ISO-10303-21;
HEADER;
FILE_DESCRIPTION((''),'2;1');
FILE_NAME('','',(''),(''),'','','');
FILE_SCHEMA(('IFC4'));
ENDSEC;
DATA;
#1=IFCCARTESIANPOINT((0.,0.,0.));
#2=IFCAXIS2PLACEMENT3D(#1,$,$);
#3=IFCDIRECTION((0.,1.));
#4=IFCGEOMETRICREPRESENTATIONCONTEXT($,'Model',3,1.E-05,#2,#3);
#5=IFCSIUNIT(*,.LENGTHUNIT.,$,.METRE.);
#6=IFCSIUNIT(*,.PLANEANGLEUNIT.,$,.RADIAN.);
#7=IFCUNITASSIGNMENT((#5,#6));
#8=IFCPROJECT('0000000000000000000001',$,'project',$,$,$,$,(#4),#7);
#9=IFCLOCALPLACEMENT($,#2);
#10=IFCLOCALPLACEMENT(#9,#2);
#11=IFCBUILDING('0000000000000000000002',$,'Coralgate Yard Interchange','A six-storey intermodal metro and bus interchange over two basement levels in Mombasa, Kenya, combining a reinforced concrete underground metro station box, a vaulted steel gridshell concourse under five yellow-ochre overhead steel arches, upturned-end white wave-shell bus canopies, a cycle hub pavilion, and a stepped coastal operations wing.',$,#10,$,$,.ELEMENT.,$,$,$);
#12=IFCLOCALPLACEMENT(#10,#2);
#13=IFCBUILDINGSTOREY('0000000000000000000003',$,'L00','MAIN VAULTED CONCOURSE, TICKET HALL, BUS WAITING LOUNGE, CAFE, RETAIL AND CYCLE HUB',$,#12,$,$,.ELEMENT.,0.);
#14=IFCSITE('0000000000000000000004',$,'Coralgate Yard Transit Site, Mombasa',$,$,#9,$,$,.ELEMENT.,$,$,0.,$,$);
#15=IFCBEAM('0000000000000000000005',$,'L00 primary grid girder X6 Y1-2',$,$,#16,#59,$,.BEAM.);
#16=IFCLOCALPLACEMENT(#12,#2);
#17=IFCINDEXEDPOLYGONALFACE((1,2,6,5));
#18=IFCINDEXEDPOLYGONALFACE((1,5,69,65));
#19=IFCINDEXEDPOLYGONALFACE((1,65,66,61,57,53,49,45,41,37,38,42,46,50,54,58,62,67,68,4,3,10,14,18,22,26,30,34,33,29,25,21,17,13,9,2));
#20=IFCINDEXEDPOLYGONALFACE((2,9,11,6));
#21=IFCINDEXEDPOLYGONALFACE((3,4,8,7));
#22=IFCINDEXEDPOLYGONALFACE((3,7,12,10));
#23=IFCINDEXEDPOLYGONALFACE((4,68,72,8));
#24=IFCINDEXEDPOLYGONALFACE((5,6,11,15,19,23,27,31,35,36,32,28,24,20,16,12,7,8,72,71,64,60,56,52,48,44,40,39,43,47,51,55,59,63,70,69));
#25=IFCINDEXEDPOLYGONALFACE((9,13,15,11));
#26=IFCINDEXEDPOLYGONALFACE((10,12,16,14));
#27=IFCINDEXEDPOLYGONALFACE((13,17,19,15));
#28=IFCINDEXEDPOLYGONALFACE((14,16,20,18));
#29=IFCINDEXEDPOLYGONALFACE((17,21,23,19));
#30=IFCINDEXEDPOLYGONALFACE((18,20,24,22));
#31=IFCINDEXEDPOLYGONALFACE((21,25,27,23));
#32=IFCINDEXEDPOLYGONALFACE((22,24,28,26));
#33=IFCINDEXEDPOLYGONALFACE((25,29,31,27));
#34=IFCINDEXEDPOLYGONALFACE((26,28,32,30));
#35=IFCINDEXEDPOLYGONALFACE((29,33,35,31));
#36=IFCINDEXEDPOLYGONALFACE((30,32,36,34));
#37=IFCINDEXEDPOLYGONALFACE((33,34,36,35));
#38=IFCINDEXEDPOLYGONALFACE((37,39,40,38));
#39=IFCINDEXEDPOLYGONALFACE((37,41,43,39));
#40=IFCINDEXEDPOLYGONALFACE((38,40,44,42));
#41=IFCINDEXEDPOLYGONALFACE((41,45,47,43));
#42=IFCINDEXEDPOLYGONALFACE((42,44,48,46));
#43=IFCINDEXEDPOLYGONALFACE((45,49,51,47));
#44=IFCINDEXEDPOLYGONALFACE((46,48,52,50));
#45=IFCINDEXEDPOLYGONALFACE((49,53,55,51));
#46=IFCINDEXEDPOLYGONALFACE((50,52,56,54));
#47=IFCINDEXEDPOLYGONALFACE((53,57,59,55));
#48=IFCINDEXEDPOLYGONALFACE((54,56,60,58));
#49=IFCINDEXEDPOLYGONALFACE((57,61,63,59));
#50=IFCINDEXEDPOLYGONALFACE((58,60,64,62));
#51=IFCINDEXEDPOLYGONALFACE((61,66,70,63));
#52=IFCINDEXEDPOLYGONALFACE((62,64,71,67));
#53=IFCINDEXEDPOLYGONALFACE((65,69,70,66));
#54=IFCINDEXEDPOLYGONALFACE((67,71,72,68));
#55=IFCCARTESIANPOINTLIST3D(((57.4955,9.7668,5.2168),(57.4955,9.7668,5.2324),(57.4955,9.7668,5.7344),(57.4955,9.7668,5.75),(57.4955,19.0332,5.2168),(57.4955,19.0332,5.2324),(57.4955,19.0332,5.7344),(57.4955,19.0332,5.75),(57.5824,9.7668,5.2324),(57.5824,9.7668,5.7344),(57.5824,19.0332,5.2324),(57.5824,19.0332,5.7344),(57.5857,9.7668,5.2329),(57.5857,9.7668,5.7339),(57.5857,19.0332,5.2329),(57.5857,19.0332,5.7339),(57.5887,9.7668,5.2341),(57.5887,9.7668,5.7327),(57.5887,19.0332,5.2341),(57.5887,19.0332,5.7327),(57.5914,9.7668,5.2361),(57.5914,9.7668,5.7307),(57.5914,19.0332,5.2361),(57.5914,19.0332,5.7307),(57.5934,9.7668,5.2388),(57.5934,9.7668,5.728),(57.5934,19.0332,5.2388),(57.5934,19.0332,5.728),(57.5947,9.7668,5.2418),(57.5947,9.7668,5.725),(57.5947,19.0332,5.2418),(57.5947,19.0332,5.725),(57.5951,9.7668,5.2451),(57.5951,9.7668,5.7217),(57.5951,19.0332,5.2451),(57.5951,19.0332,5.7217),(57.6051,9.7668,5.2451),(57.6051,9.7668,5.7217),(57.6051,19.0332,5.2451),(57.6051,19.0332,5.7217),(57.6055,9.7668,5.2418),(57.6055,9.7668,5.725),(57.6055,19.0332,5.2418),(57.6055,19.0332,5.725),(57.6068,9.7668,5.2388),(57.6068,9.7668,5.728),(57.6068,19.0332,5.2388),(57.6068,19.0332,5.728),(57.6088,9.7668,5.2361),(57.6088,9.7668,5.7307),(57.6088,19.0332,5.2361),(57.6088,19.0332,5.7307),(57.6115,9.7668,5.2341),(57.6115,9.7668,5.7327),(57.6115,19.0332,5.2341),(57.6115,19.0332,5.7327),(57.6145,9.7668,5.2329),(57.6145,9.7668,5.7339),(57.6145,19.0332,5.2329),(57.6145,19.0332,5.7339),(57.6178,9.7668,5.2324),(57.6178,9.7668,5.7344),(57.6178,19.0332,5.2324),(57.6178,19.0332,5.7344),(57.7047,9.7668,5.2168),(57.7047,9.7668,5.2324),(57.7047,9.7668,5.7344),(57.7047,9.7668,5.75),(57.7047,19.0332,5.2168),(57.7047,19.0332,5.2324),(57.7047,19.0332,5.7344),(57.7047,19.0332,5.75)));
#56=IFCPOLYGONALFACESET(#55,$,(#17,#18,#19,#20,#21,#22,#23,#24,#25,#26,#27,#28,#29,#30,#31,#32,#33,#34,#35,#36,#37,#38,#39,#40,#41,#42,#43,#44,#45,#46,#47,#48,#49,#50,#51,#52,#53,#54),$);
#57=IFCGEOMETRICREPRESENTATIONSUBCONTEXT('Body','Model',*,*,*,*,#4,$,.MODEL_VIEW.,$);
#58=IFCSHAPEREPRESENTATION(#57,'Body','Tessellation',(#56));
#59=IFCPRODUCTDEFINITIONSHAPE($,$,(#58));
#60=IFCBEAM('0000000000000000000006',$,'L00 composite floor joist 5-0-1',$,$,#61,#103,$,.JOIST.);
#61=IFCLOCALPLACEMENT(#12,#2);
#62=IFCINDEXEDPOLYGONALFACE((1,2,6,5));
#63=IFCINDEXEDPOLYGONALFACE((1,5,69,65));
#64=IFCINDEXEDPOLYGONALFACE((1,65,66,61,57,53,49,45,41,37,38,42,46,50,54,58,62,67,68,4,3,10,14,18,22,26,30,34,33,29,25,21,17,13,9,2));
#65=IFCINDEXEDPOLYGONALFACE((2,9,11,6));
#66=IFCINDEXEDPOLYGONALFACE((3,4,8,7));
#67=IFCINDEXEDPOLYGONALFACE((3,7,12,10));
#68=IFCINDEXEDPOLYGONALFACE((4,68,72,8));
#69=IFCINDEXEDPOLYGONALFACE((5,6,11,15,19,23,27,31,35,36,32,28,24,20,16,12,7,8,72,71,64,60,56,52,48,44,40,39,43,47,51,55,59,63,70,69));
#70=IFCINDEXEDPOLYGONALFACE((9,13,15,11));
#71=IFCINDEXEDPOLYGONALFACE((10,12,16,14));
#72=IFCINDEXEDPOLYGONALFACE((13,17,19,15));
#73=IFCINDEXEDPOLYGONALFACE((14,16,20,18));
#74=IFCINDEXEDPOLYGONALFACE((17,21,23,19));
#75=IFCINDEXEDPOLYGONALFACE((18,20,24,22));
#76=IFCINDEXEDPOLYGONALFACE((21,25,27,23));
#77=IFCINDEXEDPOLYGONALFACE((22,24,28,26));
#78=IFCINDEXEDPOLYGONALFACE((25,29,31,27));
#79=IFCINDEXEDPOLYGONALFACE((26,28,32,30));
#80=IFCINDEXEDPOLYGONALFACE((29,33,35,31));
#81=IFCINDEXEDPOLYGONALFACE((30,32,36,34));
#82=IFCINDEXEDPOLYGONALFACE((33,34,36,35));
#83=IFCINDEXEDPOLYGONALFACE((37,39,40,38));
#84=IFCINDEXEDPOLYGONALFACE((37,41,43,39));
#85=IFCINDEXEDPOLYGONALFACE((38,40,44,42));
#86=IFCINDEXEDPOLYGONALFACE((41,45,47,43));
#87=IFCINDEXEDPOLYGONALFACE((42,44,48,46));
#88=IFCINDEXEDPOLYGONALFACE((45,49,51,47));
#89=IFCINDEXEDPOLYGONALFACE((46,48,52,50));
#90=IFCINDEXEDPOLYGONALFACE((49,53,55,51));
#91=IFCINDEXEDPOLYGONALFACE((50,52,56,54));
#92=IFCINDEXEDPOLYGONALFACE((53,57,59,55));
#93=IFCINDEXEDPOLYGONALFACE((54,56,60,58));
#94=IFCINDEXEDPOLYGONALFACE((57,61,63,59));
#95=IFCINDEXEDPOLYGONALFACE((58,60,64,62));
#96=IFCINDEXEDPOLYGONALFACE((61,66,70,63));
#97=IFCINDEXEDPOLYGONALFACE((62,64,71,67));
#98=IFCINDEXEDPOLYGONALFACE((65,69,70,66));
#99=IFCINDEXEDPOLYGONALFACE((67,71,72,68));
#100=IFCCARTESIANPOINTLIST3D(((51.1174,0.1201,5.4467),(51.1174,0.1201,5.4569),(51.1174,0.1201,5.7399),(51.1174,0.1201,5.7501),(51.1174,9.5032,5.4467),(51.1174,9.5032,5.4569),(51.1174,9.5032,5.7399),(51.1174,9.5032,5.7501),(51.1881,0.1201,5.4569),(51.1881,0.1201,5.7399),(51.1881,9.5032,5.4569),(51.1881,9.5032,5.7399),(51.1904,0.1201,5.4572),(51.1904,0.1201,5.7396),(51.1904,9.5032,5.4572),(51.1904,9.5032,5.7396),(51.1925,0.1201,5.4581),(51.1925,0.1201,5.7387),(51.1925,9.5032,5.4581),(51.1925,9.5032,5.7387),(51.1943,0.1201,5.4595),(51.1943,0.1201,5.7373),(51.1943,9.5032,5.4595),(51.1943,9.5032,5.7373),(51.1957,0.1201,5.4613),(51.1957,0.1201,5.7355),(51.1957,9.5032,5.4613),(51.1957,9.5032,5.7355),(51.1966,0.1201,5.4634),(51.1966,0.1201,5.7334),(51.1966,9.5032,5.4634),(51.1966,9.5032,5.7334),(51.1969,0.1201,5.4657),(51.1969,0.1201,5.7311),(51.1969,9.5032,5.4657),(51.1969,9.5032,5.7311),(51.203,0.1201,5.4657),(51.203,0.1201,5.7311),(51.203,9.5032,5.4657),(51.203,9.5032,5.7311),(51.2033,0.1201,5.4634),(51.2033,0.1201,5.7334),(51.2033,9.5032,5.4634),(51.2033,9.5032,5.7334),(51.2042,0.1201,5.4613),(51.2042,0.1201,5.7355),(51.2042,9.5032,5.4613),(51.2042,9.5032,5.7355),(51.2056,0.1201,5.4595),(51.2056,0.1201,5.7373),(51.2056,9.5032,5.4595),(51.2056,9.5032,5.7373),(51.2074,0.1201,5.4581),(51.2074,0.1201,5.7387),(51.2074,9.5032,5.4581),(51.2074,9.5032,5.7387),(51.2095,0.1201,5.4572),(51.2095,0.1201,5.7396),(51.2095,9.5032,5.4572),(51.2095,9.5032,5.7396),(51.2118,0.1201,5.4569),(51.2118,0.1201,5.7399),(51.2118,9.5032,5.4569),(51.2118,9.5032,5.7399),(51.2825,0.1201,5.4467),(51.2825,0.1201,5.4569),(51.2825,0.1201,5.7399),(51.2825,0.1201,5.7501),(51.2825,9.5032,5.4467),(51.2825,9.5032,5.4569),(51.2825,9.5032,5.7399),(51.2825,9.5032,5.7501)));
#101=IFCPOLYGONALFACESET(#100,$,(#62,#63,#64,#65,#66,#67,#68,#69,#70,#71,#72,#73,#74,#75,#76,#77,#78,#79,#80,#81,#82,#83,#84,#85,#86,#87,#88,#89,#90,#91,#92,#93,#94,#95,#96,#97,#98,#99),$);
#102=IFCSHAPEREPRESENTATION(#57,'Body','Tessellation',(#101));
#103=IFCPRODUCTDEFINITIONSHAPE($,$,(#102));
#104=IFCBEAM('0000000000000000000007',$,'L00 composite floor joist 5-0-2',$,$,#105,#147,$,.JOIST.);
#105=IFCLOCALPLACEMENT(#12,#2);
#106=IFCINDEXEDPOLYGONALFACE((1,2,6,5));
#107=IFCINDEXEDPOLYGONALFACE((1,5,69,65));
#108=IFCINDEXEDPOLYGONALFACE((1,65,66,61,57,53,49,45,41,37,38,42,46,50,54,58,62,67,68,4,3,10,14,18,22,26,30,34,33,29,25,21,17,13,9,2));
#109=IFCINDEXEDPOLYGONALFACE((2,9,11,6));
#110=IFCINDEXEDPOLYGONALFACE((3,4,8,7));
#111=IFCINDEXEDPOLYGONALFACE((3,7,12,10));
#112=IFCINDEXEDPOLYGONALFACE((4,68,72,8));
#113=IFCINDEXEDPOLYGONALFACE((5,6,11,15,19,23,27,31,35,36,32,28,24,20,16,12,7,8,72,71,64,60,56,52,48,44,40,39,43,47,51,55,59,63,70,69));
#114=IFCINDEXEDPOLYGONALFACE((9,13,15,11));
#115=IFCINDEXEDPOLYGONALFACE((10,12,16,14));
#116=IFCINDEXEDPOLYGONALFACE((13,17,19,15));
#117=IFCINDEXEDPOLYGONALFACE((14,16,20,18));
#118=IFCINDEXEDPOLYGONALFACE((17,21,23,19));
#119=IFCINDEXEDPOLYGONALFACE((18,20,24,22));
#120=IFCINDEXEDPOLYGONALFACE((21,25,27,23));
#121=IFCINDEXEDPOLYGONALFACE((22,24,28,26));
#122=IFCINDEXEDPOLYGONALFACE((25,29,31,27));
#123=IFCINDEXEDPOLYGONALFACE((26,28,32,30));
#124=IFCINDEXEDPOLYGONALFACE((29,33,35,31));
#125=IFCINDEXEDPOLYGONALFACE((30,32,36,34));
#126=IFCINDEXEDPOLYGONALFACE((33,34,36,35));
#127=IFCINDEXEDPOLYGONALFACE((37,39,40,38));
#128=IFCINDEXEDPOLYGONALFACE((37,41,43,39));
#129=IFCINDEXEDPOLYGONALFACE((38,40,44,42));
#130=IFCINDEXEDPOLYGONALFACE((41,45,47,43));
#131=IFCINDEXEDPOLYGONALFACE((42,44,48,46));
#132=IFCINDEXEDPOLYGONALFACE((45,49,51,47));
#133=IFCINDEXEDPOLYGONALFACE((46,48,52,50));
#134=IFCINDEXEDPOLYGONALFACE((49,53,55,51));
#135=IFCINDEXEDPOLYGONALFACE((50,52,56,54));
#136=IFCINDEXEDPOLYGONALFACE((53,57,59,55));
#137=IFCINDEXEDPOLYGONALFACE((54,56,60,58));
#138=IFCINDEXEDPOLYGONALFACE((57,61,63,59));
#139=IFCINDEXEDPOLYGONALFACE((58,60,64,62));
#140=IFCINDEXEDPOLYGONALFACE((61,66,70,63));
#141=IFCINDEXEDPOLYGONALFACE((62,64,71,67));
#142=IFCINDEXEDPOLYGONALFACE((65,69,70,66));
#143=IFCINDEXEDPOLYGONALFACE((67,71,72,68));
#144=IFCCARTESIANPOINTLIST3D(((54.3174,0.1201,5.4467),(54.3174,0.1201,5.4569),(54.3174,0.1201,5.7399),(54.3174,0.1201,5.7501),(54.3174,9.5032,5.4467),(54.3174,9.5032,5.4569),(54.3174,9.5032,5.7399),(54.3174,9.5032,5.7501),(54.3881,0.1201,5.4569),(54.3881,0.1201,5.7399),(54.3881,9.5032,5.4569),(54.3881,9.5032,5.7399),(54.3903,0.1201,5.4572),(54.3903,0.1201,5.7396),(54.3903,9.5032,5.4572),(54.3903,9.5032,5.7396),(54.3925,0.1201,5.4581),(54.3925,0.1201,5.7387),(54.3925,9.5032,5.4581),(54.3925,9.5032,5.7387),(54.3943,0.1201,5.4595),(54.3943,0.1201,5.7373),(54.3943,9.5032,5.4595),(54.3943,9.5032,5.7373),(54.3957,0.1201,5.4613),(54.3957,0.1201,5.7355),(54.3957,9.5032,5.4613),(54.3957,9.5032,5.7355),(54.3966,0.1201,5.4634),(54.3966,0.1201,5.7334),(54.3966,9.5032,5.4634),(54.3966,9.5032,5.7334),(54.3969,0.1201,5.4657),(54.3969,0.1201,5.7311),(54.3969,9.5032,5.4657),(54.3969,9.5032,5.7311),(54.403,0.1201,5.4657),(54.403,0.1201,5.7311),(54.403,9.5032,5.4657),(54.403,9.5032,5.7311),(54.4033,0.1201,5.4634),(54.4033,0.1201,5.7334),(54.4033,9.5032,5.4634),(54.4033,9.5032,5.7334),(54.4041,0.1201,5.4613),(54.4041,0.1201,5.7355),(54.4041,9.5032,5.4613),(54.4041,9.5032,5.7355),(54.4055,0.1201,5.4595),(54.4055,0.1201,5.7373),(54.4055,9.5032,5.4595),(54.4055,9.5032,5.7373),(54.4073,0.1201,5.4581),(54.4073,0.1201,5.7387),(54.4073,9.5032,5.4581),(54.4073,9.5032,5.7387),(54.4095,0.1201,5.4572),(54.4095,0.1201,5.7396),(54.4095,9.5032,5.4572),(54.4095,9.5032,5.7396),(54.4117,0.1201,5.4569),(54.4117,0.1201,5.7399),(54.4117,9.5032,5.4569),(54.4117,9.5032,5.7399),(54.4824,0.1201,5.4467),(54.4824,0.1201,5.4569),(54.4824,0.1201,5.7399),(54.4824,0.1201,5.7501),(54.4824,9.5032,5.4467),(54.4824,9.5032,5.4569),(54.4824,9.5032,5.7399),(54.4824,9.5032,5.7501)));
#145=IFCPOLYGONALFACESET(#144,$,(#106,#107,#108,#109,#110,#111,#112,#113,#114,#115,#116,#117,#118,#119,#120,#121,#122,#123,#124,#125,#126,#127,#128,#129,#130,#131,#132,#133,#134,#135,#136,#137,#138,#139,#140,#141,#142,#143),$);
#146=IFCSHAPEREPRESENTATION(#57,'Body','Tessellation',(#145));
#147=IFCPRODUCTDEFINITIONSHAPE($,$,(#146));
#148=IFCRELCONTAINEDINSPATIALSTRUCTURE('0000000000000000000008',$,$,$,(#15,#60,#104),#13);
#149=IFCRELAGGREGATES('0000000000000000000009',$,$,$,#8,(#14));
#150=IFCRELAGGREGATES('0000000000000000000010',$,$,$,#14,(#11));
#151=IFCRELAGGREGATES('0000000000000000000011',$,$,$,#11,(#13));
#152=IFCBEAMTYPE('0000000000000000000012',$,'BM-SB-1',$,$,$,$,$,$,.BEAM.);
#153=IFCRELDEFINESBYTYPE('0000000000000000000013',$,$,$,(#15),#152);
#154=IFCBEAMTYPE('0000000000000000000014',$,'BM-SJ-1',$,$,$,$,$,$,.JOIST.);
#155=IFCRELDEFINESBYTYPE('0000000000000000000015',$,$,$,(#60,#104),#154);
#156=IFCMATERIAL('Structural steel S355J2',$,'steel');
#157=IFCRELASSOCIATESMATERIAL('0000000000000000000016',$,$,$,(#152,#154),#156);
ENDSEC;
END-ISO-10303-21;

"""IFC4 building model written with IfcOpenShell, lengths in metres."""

from ifc_helpers import new_model, si_unit, direction, frame, origin, origin_2d, place, context, subcontext, project, spatial, i_section, extrude, material, material_profile, profile_set, type_object, element, save


model = new_model("IFC4")

# Units and contexts
model_context = context("Model", 3, precision=1e-05, world=origin(), true_north=direction((0.0, 1.0)))
body_context = subcontext(model_context, "Body", "Model", "MODEL_VIEW")
ifc_project = project(units=[si_unit("LENGTHUNIT", "METRE"), si_unit("PLANEANGLEUNIT", "RADIAN")], contexts=[model_context])

# Site, building, storey
site_placement = place(None, origin())
site = spatial("IfcSite", under=ifc_project, at=site_placement, Name="Coralgate Yard Transit Site, Mombasa", CompositionType="ELEMENT", RefElevation=0.0)
building_placement = place(site_placement, origin())
building = spatial("IfcBuilding", under=site, at=building_placement, Name="Coralgate Yard Interchange", Description="A six-storey intermodal metro and bus interchange over two basement levels in Mombasa, Kenya, combining a reinforced concrete underground metro station box, a vaulted steel gridshell concourse under five yellow-ochre overhead steel arches, upturned-end white wave-shell bus canopies, a cycle hub pavilion, and a stepped coastal operations wing.", CompositionType="ELEMENT")
storey_placement = place(building_placement, origin())
storey = spatial("IfcBuildingStorey", under=building, at=storey_placement, Name="L00", Description="MAIN VAULTED CONCOURSE, TICKET HALL, BUS WAITING LOUNGE, CAFE, RETAIL AND CYCLE HUB", CompositionType="ELEMENT", Elevation=0.0)

# Shared definitions
ifc_material_1 = material(Name="Structural steel S355J2", Category="steel")

# Beams
ifc_material_profile_1 = material_profile(ifc_material_1, i_section(OverallWidth=0.2092, OverallDepth=0.5332, WebThickness=0.01, FlangeThickness=0.0156, FilletRadius=0.0127, at=origin_2d()), Name="UB 533x210x92")
ifc_profile_set_1 = profile_set([ifc_material_profile_1], Name="Structural steel S355J2")
beam_type_1 = type_object("IfcBeamType", Name="BM-SB-1", PredefinedType="BEAM", material=ifc_profile_set_1)
beam_1_placement = place(storey_placement, frame((57.6001, 9.7668, 5.4834), z_axis=(0.0, 1.0, 0.0), x_axis=(-1.0, 0.0, 0.0)))
element("IfcBeam", 1, at=beam_1_placement, inside=storey, type_object=beam_type_1, Name="L00 primary grid girder X6 Y1-2", PredefinedType="BEAM", context=body_context, shape_type="SweptSolid", body=[
    extrude(i_section(OverallWidth=0.2092, OverallDepth=0.5332, WebThickness=0.01, FlangeThickness=0.0156, FilletRadius=0.0127, at=origin_2d()), origin(), (0.0, 0.0, 1.0), 9.2664),
])
ifc_material_profile_2 = material_profile(ifc_material_1, i_section(OverallWidth=0.165, OverallDepth=0.3035, WebThickness=0.0061, FlangeThickness=0.0103, FilletRadius=0.0088, at=origin_2d()), Name="UB 305x165x40")
ifc_profile_set_2 = profile_set([ifc_material_profile_2], Name="Structural steel S355J2")
beam_type_2 = type_object("IfcBeamType", Name="BM-SJ-1", PredefinedType="JOIST", material=ifc_profile_set_2)
for number, where, z_axis, x_axis, name in (
    (2, (51.2, 0.1201, 5.5984), (0.0, 1.0, 0.0), (-1.0, 0.0, 0.0), "L00 composite floor joist 5-0-1"),
    (3, (54.3999, 0.1201, 5.5984), (0.0, 1.0, 0.0), (-1.0, 0.0, 0.0), "L00 composite floor joist 5-0-2"),
):
    element("IfcBeam", number, at=place(storey_placement, frame(where, z_axis=z_axis, x_axis=x_axis)), inside=storey, type_object=beam_type_2, Name=name, PredefinedType="JOIST", context=body_context, shape_type="SweptSolid", body=[
        extrude(i_section(OverallWidth=0.165, OverallDepth=0.3035, WebThickness=0.0061, FlangeThickness=0.0103, FilletRadius=0.0088, at=origin_2d()), origin(), (0.0, 0.0, 1.0), 9.3831),
    ])

save(model, "model.ifc")
